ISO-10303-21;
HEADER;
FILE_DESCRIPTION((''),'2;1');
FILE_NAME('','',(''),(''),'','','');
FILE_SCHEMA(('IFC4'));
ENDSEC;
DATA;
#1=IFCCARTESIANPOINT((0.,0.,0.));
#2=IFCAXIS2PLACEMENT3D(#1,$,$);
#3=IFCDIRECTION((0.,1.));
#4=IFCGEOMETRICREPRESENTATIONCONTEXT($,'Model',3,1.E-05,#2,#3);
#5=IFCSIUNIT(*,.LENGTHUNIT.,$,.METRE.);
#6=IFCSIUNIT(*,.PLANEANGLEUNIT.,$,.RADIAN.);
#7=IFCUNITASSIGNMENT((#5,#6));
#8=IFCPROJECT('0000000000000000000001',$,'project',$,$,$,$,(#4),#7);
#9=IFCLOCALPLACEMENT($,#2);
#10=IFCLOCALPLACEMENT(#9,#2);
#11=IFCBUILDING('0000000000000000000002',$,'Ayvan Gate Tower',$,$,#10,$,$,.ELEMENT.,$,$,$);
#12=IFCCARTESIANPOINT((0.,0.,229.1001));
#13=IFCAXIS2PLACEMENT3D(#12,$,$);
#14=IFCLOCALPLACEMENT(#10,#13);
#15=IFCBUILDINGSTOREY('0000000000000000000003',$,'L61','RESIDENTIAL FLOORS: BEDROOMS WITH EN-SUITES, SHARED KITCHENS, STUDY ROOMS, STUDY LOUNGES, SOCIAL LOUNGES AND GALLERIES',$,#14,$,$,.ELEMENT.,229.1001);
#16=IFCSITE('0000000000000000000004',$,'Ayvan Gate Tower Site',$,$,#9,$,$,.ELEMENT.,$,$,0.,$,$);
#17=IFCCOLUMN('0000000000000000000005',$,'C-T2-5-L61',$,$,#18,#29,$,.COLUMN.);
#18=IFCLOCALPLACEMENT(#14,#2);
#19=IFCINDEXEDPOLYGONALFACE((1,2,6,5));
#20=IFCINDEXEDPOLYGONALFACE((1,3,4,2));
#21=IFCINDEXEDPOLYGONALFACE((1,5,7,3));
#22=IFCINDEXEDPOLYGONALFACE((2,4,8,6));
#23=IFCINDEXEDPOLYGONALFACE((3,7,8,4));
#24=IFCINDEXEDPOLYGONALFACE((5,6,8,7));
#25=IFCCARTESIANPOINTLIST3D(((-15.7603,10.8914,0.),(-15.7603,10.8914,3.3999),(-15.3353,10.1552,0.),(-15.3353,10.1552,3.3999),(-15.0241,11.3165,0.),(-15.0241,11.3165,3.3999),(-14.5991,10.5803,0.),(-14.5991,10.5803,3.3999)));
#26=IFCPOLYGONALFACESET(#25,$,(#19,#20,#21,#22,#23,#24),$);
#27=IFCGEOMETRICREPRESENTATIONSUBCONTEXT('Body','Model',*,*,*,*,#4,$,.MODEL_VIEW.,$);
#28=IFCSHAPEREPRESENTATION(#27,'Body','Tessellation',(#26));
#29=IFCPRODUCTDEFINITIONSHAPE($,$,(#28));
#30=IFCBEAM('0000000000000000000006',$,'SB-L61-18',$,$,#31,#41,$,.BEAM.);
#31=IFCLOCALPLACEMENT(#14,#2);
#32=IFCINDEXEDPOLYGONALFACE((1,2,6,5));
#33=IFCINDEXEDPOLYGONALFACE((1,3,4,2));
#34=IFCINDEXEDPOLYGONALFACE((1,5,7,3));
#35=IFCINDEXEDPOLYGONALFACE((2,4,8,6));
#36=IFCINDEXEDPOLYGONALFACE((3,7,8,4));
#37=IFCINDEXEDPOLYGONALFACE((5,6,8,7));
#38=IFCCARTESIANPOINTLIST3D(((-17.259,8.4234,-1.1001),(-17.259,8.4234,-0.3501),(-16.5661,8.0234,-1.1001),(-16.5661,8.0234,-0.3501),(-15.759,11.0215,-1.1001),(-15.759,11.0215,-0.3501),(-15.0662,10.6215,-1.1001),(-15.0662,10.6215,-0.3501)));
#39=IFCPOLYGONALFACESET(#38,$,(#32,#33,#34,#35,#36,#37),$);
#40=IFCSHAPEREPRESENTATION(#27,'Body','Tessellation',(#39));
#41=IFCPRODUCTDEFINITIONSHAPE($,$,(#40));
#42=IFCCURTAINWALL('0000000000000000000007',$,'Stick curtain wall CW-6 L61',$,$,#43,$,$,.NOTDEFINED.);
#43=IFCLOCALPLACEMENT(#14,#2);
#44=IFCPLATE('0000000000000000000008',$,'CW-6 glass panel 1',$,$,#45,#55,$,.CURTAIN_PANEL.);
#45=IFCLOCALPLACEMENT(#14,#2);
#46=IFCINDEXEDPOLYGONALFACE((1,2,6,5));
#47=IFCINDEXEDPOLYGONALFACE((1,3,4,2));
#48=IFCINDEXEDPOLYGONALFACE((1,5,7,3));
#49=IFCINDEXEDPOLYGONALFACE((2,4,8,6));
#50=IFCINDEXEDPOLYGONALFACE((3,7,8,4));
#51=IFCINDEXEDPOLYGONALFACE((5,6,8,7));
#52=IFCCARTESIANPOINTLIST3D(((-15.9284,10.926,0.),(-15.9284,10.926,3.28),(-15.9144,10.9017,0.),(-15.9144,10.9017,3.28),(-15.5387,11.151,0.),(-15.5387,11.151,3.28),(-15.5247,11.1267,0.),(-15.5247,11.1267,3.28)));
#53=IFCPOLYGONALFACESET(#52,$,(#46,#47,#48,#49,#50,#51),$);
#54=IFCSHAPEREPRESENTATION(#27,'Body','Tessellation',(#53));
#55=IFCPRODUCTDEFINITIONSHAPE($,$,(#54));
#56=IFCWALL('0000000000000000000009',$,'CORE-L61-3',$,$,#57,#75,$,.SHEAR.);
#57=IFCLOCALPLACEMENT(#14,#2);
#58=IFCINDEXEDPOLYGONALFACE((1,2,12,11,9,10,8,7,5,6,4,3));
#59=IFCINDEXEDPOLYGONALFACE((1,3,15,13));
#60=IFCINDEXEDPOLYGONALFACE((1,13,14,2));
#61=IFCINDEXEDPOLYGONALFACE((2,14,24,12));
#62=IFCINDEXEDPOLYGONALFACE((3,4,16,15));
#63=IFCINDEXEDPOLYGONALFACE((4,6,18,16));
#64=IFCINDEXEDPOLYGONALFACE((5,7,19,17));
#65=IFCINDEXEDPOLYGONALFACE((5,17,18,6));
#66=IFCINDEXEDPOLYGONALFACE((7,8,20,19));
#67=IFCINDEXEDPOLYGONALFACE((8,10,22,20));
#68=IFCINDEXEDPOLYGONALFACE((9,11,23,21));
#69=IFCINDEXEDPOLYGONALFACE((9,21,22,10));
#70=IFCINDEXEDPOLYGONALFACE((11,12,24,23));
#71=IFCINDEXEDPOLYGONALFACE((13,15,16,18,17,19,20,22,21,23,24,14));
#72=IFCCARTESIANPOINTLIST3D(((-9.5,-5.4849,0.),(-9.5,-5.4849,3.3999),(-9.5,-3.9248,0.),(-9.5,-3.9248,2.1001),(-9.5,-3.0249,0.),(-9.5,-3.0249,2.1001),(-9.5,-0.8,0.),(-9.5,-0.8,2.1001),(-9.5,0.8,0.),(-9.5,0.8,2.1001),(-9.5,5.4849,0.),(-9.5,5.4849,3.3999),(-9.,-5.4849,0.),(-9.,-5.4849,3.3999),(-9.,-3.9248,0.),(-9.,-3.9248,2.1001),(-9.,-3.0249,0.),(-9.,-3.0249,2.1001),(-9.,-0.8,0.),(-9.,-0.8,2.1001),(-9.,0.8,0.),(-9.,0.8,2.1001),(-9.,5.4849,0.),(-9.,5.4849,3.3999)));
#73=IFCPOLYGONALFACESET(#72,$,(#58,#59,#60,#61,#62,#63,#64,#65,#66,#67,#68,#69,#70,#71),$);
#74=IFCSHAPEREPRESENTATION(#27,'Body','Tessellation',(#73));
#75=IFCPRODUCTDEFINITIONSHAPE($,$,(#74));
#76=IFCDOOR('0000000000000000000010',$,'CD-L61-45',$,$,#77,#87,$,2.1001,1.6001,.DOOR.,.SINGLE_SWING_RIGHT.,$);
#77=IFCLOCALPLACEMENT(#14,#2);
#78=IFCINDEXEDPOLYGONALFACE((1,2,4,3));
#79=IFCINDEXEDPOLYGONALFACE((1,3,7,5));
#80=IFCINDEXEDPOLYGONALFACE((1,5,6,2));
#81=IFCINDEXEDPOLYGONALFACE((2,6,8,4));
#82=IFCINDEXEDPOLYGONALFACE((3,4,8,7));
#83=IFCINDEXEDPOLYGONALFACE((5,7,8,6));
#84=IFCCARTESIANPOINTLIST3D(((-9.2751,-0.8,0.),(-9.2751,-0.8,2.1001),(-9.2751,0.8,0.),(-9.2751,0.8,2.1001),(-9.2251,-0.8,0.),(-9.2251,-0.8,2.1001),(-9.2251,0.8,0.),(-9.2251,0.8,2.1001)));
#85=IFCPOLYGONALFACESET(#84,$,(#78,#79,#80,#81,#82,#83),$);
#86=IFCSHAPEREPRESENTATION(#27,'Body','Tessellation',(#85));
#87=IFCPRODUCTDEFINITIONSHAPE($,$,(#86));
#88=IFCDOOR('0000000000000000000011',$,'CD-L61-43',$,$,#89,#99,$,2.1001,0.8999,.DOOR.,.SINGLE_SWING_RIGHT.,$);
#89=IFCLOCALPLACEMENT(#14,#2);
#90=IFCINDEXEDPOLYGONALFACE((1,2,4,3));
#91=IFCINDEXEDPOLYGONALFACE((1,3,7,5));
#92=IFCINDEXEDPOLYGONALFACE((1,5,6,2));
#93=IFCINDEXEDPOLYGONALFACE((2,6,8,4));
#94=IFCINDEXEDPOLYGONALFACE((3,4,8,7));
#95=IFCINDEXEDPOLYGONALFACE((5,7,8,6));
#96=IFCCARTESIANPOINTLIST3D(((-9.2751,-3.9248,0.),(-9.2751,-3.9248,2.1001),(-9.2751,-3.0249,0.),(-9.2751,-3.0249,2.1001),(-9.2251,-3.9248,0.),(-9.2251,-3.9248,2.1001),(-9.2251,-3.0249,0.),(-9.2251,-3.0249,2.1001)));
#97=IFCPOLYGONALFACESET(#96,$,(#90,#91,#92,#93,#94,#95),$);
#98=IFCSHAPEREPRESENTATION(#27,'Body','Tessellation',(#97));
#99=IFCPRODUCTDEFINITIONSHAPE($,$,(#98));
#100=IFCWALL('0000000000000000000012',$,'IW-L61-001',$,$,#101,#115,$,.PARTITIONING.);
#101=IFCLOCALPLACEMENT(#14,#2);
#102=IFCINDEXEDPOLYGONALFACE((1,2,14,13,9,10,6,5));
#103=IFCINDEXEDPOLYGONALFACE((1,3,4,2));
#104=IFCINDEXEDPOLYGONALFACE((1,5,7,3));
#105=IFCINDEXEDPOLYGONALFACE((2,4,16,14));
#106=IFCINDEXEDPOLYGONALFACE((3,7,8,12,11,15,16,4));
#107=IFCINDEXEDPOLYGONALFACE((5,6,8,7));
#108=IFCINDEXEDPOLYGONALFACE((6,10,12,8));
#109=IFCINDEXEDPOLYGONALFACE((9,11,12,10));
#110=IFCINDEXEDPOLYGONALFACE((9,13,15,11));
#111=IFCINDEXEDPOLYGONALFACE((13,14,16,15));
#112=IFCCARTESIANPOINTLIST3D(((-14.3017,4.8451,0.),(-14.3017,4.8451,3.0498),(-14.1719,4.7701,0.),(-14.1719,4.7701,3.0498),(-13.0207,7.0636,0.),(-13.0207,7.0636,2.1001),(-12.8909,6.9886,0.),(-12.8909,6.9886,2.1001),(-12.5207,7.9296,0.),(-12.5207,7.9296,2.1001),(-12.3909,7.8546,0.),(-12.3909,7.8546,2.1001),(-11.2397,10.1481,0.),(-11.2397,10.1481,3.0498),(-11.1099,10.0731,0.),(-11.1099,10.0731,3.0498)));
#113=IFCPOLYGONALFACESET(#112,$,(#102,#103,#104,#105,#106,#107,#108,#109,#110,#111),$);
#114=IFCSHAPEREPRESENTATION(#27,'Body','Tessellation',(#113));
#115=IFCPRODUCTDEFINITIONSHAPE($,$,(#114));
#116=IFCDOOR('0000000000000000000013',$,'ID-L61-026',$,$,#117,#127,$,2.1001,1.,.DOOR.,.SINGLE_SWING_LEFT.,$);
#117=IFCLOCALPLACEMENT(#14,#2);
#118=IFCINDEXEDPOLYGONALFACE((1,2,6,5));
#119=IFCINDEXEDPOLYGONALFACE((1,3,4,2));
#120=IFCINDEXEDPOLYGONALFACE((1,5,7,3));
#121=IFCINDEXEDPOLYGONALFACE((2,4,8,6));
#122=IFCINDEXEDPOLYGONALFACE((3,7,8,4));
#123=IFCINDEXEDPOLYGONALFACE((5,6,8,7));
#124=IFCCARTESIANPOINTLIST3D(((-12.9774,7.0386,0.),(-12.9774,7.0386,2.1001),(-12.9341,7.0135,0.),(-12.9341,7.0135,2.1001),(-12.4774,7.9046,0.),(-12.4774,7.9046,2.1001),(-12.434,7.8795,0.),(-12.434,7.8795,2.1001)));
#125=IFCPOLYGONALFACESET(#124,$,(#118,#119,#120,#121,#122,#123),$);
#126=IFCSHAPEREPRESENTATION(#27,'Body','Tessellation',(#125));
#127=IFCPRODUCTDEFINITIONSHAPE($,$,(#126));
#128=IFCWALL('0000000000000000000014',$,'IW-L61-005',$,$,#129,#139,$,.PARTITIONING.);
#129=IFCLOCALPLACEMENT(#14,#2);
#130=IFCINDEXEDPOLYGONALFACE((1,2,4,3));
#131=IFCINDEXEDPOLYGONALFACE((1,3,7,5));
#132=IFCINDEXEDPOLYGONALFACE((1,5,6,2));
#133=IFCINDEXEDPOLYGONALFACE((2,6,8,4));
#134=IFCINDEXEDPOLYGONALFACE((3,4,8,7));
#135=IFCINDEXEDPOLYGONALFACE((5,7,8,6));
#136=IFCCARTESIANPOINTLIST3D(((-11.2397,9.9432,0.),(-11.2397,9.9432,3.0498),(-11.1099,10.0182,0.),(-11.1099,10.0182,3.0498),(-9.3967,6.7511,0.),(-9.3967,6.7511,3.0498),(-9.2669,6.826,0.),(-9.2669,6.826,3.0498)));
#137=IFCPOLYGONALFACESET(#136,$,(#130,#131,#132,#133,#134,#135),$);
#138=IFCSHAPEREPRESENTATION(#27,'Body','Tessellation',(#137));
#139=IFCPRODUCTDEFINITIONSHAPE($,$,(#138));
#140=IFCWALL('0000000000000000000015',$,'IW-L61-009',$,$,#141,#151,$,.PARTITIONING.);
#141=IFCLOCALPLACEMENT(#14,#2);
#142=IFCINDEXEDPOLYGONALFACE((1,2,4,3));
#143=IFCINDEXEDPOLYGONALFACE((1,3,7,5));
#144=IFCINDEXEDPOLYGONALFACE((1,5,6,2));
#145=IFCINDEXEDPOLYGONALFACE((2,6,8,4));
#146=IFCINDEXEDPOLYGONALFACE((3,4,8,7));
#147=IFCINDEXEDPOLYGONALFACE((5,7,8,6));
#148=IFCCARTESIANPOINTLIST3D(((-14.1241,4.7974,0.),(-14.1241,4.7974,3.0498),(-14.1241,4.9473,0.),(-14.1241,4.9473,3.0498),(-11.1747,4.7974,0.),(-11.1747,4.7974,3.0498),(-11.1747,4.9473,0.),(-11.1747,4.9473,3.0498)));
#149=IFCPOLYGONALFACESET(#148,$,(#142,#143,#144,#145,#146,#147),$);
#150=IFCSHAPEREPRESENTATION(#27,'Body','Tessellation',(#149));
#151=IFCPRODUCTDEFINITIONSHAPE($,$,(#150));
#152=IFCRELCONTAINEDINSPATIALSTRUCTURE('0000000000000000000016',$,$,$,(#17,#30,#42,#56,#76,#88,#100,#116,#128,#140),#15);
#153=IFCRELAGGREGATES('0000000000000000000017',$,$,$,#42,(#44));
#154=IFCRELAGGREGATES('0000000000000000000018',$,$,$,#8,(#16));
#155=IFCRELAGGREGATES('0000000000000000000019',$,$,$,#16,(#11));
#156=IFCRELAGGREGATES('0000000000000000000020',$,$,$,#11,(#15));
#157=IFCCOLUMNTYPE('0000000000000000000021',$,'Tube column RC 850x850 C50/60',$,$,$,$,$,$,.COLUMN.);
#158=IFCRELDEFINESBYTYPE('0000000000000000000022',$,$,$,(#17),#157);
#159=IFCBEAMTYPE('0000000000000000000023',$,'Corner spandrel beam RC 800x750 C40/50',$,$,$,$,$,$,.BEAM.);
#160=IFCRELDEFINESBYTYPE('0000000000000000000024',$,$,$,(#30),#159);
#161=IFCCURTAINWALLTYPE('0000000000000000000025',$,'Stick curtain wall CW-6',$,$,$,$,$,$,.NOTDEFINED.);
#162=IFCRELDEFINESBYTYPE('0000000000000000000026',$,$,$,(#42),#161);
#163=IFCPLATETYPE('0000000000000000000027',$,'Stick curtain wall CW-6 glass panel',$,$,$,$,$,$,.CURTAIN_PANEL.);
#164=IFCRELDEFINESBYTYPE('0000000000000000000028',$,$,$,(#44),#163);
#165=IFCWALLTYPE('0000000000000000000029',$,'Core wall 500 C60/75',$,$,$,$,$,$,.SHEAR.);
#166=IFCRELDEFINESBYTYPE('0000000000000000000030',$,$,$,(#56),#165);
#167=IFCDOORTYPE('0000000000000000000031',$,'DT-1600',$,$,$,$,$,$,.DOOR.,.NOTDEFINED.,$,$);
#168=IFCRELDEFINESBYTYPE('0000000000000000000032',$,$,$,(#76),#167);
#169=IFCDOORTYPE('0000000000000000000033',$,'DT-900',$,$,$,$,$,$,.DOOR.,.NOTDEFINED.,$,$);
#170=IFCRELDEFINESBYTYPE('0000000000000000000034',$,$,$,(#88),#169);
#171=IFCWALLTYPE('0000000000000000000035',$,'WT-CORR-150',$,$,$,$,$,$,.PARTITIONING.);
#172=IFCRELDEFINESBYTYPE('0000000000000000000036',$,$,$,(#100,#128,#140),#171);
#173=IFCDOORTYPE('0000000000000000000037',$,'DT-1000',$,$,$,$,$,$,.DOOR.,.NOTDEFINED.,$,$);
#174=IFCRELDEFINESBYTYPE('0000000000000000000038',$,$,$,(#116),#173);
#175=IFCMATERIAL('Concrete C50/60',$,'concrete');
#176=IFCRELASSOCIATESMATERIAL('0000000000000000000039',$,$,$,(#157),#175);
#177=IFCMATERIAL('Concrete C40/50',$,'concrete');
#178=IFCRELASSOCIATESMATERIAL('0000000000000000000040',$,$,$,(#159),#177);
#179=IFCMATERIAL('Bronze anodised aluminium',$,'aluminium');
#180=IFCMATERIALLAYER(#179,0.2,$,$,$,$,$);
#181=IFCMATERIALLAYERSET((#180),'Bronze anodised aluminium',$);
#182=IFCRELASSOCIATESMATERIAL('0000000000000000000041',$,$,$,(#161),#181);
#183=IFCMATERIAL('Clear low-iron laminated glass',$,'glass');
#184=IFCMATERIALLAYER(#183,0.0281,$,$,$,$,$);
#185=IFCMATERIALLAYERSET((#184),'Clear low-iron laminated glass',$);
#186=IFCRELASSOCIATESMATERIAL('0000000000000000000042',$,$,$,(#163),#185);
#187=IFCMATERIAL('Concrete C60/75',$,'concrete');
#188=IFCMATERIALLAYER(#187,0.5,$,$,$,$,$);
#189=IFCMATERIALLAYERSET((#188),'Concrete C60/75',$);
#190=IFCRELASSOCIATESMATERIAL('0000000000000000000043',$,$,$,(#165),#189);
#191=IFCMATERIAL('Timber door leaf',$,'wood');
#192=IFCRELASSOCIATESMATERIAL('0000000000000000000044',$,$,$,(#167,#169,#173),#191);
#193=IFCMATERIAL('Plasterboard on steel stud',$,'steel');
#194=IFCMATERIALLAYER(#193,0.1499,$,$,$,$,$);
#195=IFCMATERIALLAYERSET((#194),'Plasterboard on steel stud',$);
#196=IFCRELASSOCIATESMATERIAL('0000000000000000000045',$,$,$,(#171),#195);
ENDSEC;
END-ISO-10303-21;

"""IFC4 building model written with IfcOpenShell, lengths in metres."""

from ifc_helpers import new_model, si_unit, direction, frame, frame_2d, origin, origin_2d, place, context, subcontext, project, spatial, rectangle, extrude, material, layer, layer_set, material_profile, profile_set, type_object, element, fill, aggregate, save


model = new_model("IFC4")

# Units and contexts
model_context = context("Model", 3, precision=1e-05, world=origin(), true_north=direction((0.0, 1.0)))
body_context = subcontext(model_context, "Body", "Model", "MODEL_VIEW")
ifc_project = project(units=[si_unit("LENGTHUNIT", "METRE"), si_unit("PLANEANGLEUNIT", "RADIAN")], contexts=[model_context])

# Site, building, storey
site_placement = place(None, origin())
site = spatial("IfcSite", under=ifc_project, at=site_placement, Name="Ayvan Gate Tower Site", CompositionType="ELEMENT", RefElevation=0.0)
building_placement = place(site_placement, origin())
building = spatial("IfcBuilding", under=site, at=building_placement, Name="Ayvan Gate Tower", CompositionType="ELEMENT")
storey_placement = place(building_placement, frame((0.0, 0.0, 229.1001)))
storey = spatial("IfcBuildingStorey", under=building, at=storey_placement, Name="L61", Description="RESIDENTIAL FLOORS: BEDROOMS WITH EN-SUITES, SHARED KITCHENS, STUDY ROOMS, STUDY LOUNGES, SOCIAL LOUNGES AND GALLERIES", CompositionType="ELEMENT", Elevation=229.1001)

# Column
ifc_material_1 = material(Name="Concrete C50/60", Category="concrete")
ifc_material_profile_1 = material_profile(ifc_material_1, rectangle(XDim=0.8501, YDim=0.8501, at=origin_2d()), Name="RC 850x850")
ifc_profile_set_1 = profile_set([ifc_material_profile_1], Name="Concrete C50/60")
column_type = type_object("IfcColumnType", Name="Tube column RC 850x850 C50/60", PredefinedType="COLUMN", material=ifc_profile_set_1)
column_placement = place(storey_placement, frame((-15.1797, 10.7358, 0.0), z_axis=(0.0, 0.0, 1.0), x_axis=(-0.5, 0.866025, 0.0)))
element("IfcColumn", 1, at=column_placement, inside=storey, type_object=column_type, Name="C-T2-5-L61", PredefinedType="COLUMN", context=body_context, shape_type="SweptSolid", body=[
    extrude(rectangle(XDim=0.8501, YDim=0.8501, at=origin_2d()), origin(), (0.0, 0.0, 1.0), 3.3999),
])

# Beam
ifc_material_2 = material(Name="Concrete C40/50", Category="concrete")
ifc_material_profile_2 = material_profile(ifc_material_2, rectangle(XDim=0.8, YDim=0.75, at=origin_2d()), Name="RC 800x750")
ifc_profile_set_2 = profile_set([ifc_material_profile_2], Name="Concrete C40/50")
beam_type = type_object("IfcBeamType", Name="Corner spandrel beam RC 800x750 C40/50", PredefinedType="BEAM", material=ifc_profile_set_2)
beam_placement = place(storey_placement, frame((-15.4126, 10.8215, -0.7251), z_axis=(-0.49999, -0.866031, 0.0), x_axis=(0.866031, -0.49999, 0.0)))
element("IfcBeam", 2, at=beam_placement, inside=storey, type_object=beam_type, Name="SB-L61-18", PredefinedType="BEAM", context=body_context, shape_type="SweptSolid", body=[
    extrude(rectangle(XDim=0.8, YDim=0.75, at=origin_2d()), origin(), (0.0, 0.0, 1.0), 3.0),
])

# Curtain wall, plate
ifc_material_3 = material(Name="Bronze anodised aluminium", Category="aluminium")
ifc_layer_1 = layer(ifc_material_3, 0.2)
ifc_layer_set_1 = layer_set([ifc_layer_1], Name="Bronze anodised aluminium")
curtain_wall_type = type_object("IfcCurtainWallType", Name="Stick curtain wall CW-6", PredefinedType="NOTDEFINED", material=ifc_layer_set_1)
curtain_wall_placement = place(storey_placement, origin())
curtain_wall = element("IfcCurtainWall", 3, at=curtain_wall_placement, inside=storey, type_object=curtain_wall_type, Name="Stick curtain wall CW-6 L61", PredefinedType="NOTDEFINED")
ifc_material_4 = material(Name="Clear low-iron laminated glass", Category="glass")
ifc_layer_2 = layer(ifc_material_4, 0.0281)
ifc_layer_set_2 = layer_set([ifc_layer_2], Name="Clear low-iron laminated glass")
plate_type = type_object("IfcPlateType", Name="Stick curtain wall CW-6 glass panel", PredefinedType="CURTAIN_PANEL", material=ifc_layer_set_2)
plate_placement = place(storey_placement, frame((-15.7266, 11.0264, 0.0), z_axis=(0.0, 0.0, 1.0), x_axis=(-0.866025, -0.5, 0.0)))
plate = element("IfcPlate", 4, at=plate_placement, type_object=plate_type, Name="CW-6 glass panel 1", PredefinedType="CURTAIN_PANEL", context=body_context, shape_type="SweptSolid", body=[
    extrude(rectangle(XDim=0.45, YDim=0.0281, at=origin_2d()), origin(), (0.0, 0.0, 1.0), 3.28),
])
aggregate(curtain_wall, [plate])

# Wall, openings, doors
ifc_material_5 = material(Name="Concrete C60/75", Category="concrete")
ifc_layer_3 = layer(ifc_material_5, 0.5)
ifc_layer_set_3 = layer_set([ifc_layer_3], Name="Concrete C60/75")
wall_type_1 = type_object("IfcWallType", Name="Core wall 500 C60/75", PredefinedType="SHEAR", material=ifc_layer_set_3)
wall_1_placement = place(storey_placement, frame((-9.25, 5.4849, 0.0), z_axis=(0.0, 0.0, 1.0), x_axis=(0.0, -1.0, 0.0)))
wall_1 = element("IfcWall", 5, at=wall_1_placement, inside=storey, type_object=wall_type_1, Name="CORE-L61-3", PredefinedType="SHEAR", context=body_context, shape_type="SweptSolid", body=[
    extrude(rectangle(XDim=10.9697, YDim=0.5, at=frame_2d((5.4849, 0.0))), origin(), (0.0, 0.0, 1.0), 3.3999),
])
opening_1_placement = place(wall_1_placement, frame((8.5098, 0.0, 0.0)))
opening_1 = element("IfcOpeningElement", 6, at=opening_1_placement, cuts=wall_1, PredefinedType="OPENING", context=body_context, shape_type="SweptSolid", body=[
    extrude(rectangle(XDim=0.8999, YDim=2.1001, at=frame_2d((0.45, 1.05))), frame((0.0, 0.26, 0.0), z_axis=(0.0, -1.0, 0.0), x_axis=(1.0, 0.0, 0.0)), (0.0, 0.0, 1.0), 0.52),
])
opening_2_placement = place(wall_1_placement, frame((4.6848, 0.0, 0.0)))
opening_2 = element("IfcOpeningElement", 7, at=opening_2_placement, cuts=wall_1, PredefinedType="OPENING", context=body_context, shape_type="SweptSolid", body=[
    extrude(rectangle(XDim=1.6001, YDim=2.1001, at=frame_2d((0.8, 1.05))), frame((0.0, 0.26, 0.0), z_axis=(0.0, -1.0, 0.0), x_axis=(1.0, 0.0, 0.0)), (0.0, 0.0, 1.0), 0.52),
])
ifc_material_6 = material(Name="Timber door leaf", Category="wood")
door_type_1 = type_object("IfcDoorType", Name="DT-1600", OperationType="NOTDEFINED", PredefinedType="DOOR", material=ifc_material_6)
door_1_placement = place(opening_2_placement, origin())
door_1 = element("IfcDoor", 8, at=door_1_placement, inside=storey, type_object=door_type_1, Name="CD-L61-45", OperationType="SINGLE_SWING_RIGHT", OverallHeight=2.1001, OverallWidth=1.6001, PredefinedType="DOOR", context=body_context, shape_type="SweptSolid", body=[
    extrude(rectangle(XDim=1.6001, YDim=2.1001, at=frame_2d((0.8, 1.05))), frame((0.0, 0.0249, 0.0), z_axis=(0.0, -1.0, 0.0), x_axis=(1.0, 0.0, 0.0)), (0.0, 0.0, 1.0), 0.05),
])
fill(opening_2, door_1)
door_type_2 = type_object("IfcDoorType", Name="DT-900", OperationType="NOTDEFINED", PredefinedType="DOOR", material=ifc_material_6)
door_2_placement = place(opening_1_placement, origin())
door_2 = element("IfcDoor", 9, at=door_2_placement, inside=storey, type_object=door_type_2, Name="CD-L61-43", OperationType="SINGLE_SWING_RIGHT", OverallHeight=2.1001, OverallWidth=0.8999, PredefinedType="DOOR", context=body_context, shape_type="SweptSolid", body=[
    extrude(rectangle(XDim=0.8999, YDim=2.1001, at=frame_2d((0.45, 1.05))), frame((0.0, 0.0249, 0.0), z_axis=(0.0, -1.0, 0.0), x_axis=(1.0, 0.0, 0.0)), (0.0, 0.0, 1.0), 0.05),
])
fill(opening_1, door_2)

# Wall, opening, door
ifc_material_7 = material(Name="Plasterboard on steel stud", Category="steel")
ifc_layer_4 = layer(ifc_material_7, 0.1499)
ifc_layer_set_4 = layer_set([ifc_layer_4], Name="Plasterboard on steel stud")
wall_type_2 = type_object("IfcWallType", Name="WT-CORR-150", PredefinedType="PARTITIONING", material=ifc_layer_set_4)
wall_2_placement = place(storey_placement, frame((-14.2368, 4.8076, 0.0), z_axis=(0.0, 0.0, 1.0), x_axis=(0.500041, 0.866002, 0.0)))
wall_2 = element("IfcWall", 10, at=wall_2_placement, inside=storey, type_object=wall_type_2, Name="IW-L61-001", PredefinedType="PARTITIONING", context=body_context, shape_type="SweptSolid", body=[
    extrude(rectangle(XDim=6.1235, YDim=0.1499, at=frame_2d((3.0618, 0.0))), origin(), (0.0, 0.0, 1.0), 3.0498),
])
opening_3_placement = place(wall_2_placement, frame((2.5618, 0.0, 0.0)))
opening_3 = element("IfcOpeningElement", 11, at=opening_3_placement, cuts=wall_2, PredefinedType="OPENING", context=body_context, shape_type="SweptSolid", body=[
    extrude(rectangle(XDim=1.0, YDim=2.1001, at=frame_2d((0.5, 1.05))), frame((0.0, 0.085, 0.0), z_axis=(0.0, -1.0, 0.0), x_axis=(1.0, 0.0, 0.0)), (0.0, 0.0, 1.0), 0.1699),
])
door_type_3 = type_object("IfcDoorType", Name="DT-1000", OperationType="NOTDEFINED", PredefinedType="DOOR", material=ifc_material_6)
door_3_placement = place(opening_3_placement, origin())
door_3 = element("IfcDoor", 12, at=door_3_placement, inside=storey, type_object=door_type_3, Name="ID-L61-026", OperationType="SINGLE_SWING_LEFT", OverallHeight=2.1001, OverallWidth=1.0, PredefinedType="DOOR", context=body_context, shape_type="SweptSolid", body=[
    extrude(rectangle(XDim=1.0, YDim=2.1001, at=frame_2d((0.5, 1.05))), frame((0.0, 0.0249, 0.0), z_axis=(0.0, -1.0, 0.0), x_axis=(1.0, 0.0, 0.0)), (0.0, 0.0, 1.0), 0.05),
])
fill(opening_3, door_3)

# Walls
wall_3_placement = place(storey_placement, frame((-11.1748, 9.9807, 0.0), z_axis=(0.0, 0.0, 1.0), x_axis=(0.500007, -0.866021, 0.0)))
element("IfcWall", 13, at=wall_3_placement, inside=storey, type_object=wall_type_2, Name="IW-L61-005", PredefinedType="PARTITIONING", context=body_context, shape_type="SweptSolid", body=[
    extrude(rectangle(XDim=3.686, YDim=0.1499, at=frame_2d((1.843, 0.0))), origin(), (0.0, 0.0, 1.0), 3.0498),
])
wall_4_placement = place(storey_placement, frame((-11.1748, 4.8723, 0.0), z_axis=(0.0, 0.0, 1.0), x_axis=(-1.0, 0.0, 0.0)))
element("IfcWall", 14, at=wall_4_placement, inside=storey, type_object=wall_type_2, Name="IW-L61-009", PredefinedType="PARTITIONING", context=body_context, shape_type="SweptSolid", body=[
    extrude(rectangle(XDim=2.9495, YDim=0.1499, at=frame_2d((1.4746, 0.0))), origin(), (0.0, 0.0, 1.0), 3.0498),
])

save(model, "model.ifc")
